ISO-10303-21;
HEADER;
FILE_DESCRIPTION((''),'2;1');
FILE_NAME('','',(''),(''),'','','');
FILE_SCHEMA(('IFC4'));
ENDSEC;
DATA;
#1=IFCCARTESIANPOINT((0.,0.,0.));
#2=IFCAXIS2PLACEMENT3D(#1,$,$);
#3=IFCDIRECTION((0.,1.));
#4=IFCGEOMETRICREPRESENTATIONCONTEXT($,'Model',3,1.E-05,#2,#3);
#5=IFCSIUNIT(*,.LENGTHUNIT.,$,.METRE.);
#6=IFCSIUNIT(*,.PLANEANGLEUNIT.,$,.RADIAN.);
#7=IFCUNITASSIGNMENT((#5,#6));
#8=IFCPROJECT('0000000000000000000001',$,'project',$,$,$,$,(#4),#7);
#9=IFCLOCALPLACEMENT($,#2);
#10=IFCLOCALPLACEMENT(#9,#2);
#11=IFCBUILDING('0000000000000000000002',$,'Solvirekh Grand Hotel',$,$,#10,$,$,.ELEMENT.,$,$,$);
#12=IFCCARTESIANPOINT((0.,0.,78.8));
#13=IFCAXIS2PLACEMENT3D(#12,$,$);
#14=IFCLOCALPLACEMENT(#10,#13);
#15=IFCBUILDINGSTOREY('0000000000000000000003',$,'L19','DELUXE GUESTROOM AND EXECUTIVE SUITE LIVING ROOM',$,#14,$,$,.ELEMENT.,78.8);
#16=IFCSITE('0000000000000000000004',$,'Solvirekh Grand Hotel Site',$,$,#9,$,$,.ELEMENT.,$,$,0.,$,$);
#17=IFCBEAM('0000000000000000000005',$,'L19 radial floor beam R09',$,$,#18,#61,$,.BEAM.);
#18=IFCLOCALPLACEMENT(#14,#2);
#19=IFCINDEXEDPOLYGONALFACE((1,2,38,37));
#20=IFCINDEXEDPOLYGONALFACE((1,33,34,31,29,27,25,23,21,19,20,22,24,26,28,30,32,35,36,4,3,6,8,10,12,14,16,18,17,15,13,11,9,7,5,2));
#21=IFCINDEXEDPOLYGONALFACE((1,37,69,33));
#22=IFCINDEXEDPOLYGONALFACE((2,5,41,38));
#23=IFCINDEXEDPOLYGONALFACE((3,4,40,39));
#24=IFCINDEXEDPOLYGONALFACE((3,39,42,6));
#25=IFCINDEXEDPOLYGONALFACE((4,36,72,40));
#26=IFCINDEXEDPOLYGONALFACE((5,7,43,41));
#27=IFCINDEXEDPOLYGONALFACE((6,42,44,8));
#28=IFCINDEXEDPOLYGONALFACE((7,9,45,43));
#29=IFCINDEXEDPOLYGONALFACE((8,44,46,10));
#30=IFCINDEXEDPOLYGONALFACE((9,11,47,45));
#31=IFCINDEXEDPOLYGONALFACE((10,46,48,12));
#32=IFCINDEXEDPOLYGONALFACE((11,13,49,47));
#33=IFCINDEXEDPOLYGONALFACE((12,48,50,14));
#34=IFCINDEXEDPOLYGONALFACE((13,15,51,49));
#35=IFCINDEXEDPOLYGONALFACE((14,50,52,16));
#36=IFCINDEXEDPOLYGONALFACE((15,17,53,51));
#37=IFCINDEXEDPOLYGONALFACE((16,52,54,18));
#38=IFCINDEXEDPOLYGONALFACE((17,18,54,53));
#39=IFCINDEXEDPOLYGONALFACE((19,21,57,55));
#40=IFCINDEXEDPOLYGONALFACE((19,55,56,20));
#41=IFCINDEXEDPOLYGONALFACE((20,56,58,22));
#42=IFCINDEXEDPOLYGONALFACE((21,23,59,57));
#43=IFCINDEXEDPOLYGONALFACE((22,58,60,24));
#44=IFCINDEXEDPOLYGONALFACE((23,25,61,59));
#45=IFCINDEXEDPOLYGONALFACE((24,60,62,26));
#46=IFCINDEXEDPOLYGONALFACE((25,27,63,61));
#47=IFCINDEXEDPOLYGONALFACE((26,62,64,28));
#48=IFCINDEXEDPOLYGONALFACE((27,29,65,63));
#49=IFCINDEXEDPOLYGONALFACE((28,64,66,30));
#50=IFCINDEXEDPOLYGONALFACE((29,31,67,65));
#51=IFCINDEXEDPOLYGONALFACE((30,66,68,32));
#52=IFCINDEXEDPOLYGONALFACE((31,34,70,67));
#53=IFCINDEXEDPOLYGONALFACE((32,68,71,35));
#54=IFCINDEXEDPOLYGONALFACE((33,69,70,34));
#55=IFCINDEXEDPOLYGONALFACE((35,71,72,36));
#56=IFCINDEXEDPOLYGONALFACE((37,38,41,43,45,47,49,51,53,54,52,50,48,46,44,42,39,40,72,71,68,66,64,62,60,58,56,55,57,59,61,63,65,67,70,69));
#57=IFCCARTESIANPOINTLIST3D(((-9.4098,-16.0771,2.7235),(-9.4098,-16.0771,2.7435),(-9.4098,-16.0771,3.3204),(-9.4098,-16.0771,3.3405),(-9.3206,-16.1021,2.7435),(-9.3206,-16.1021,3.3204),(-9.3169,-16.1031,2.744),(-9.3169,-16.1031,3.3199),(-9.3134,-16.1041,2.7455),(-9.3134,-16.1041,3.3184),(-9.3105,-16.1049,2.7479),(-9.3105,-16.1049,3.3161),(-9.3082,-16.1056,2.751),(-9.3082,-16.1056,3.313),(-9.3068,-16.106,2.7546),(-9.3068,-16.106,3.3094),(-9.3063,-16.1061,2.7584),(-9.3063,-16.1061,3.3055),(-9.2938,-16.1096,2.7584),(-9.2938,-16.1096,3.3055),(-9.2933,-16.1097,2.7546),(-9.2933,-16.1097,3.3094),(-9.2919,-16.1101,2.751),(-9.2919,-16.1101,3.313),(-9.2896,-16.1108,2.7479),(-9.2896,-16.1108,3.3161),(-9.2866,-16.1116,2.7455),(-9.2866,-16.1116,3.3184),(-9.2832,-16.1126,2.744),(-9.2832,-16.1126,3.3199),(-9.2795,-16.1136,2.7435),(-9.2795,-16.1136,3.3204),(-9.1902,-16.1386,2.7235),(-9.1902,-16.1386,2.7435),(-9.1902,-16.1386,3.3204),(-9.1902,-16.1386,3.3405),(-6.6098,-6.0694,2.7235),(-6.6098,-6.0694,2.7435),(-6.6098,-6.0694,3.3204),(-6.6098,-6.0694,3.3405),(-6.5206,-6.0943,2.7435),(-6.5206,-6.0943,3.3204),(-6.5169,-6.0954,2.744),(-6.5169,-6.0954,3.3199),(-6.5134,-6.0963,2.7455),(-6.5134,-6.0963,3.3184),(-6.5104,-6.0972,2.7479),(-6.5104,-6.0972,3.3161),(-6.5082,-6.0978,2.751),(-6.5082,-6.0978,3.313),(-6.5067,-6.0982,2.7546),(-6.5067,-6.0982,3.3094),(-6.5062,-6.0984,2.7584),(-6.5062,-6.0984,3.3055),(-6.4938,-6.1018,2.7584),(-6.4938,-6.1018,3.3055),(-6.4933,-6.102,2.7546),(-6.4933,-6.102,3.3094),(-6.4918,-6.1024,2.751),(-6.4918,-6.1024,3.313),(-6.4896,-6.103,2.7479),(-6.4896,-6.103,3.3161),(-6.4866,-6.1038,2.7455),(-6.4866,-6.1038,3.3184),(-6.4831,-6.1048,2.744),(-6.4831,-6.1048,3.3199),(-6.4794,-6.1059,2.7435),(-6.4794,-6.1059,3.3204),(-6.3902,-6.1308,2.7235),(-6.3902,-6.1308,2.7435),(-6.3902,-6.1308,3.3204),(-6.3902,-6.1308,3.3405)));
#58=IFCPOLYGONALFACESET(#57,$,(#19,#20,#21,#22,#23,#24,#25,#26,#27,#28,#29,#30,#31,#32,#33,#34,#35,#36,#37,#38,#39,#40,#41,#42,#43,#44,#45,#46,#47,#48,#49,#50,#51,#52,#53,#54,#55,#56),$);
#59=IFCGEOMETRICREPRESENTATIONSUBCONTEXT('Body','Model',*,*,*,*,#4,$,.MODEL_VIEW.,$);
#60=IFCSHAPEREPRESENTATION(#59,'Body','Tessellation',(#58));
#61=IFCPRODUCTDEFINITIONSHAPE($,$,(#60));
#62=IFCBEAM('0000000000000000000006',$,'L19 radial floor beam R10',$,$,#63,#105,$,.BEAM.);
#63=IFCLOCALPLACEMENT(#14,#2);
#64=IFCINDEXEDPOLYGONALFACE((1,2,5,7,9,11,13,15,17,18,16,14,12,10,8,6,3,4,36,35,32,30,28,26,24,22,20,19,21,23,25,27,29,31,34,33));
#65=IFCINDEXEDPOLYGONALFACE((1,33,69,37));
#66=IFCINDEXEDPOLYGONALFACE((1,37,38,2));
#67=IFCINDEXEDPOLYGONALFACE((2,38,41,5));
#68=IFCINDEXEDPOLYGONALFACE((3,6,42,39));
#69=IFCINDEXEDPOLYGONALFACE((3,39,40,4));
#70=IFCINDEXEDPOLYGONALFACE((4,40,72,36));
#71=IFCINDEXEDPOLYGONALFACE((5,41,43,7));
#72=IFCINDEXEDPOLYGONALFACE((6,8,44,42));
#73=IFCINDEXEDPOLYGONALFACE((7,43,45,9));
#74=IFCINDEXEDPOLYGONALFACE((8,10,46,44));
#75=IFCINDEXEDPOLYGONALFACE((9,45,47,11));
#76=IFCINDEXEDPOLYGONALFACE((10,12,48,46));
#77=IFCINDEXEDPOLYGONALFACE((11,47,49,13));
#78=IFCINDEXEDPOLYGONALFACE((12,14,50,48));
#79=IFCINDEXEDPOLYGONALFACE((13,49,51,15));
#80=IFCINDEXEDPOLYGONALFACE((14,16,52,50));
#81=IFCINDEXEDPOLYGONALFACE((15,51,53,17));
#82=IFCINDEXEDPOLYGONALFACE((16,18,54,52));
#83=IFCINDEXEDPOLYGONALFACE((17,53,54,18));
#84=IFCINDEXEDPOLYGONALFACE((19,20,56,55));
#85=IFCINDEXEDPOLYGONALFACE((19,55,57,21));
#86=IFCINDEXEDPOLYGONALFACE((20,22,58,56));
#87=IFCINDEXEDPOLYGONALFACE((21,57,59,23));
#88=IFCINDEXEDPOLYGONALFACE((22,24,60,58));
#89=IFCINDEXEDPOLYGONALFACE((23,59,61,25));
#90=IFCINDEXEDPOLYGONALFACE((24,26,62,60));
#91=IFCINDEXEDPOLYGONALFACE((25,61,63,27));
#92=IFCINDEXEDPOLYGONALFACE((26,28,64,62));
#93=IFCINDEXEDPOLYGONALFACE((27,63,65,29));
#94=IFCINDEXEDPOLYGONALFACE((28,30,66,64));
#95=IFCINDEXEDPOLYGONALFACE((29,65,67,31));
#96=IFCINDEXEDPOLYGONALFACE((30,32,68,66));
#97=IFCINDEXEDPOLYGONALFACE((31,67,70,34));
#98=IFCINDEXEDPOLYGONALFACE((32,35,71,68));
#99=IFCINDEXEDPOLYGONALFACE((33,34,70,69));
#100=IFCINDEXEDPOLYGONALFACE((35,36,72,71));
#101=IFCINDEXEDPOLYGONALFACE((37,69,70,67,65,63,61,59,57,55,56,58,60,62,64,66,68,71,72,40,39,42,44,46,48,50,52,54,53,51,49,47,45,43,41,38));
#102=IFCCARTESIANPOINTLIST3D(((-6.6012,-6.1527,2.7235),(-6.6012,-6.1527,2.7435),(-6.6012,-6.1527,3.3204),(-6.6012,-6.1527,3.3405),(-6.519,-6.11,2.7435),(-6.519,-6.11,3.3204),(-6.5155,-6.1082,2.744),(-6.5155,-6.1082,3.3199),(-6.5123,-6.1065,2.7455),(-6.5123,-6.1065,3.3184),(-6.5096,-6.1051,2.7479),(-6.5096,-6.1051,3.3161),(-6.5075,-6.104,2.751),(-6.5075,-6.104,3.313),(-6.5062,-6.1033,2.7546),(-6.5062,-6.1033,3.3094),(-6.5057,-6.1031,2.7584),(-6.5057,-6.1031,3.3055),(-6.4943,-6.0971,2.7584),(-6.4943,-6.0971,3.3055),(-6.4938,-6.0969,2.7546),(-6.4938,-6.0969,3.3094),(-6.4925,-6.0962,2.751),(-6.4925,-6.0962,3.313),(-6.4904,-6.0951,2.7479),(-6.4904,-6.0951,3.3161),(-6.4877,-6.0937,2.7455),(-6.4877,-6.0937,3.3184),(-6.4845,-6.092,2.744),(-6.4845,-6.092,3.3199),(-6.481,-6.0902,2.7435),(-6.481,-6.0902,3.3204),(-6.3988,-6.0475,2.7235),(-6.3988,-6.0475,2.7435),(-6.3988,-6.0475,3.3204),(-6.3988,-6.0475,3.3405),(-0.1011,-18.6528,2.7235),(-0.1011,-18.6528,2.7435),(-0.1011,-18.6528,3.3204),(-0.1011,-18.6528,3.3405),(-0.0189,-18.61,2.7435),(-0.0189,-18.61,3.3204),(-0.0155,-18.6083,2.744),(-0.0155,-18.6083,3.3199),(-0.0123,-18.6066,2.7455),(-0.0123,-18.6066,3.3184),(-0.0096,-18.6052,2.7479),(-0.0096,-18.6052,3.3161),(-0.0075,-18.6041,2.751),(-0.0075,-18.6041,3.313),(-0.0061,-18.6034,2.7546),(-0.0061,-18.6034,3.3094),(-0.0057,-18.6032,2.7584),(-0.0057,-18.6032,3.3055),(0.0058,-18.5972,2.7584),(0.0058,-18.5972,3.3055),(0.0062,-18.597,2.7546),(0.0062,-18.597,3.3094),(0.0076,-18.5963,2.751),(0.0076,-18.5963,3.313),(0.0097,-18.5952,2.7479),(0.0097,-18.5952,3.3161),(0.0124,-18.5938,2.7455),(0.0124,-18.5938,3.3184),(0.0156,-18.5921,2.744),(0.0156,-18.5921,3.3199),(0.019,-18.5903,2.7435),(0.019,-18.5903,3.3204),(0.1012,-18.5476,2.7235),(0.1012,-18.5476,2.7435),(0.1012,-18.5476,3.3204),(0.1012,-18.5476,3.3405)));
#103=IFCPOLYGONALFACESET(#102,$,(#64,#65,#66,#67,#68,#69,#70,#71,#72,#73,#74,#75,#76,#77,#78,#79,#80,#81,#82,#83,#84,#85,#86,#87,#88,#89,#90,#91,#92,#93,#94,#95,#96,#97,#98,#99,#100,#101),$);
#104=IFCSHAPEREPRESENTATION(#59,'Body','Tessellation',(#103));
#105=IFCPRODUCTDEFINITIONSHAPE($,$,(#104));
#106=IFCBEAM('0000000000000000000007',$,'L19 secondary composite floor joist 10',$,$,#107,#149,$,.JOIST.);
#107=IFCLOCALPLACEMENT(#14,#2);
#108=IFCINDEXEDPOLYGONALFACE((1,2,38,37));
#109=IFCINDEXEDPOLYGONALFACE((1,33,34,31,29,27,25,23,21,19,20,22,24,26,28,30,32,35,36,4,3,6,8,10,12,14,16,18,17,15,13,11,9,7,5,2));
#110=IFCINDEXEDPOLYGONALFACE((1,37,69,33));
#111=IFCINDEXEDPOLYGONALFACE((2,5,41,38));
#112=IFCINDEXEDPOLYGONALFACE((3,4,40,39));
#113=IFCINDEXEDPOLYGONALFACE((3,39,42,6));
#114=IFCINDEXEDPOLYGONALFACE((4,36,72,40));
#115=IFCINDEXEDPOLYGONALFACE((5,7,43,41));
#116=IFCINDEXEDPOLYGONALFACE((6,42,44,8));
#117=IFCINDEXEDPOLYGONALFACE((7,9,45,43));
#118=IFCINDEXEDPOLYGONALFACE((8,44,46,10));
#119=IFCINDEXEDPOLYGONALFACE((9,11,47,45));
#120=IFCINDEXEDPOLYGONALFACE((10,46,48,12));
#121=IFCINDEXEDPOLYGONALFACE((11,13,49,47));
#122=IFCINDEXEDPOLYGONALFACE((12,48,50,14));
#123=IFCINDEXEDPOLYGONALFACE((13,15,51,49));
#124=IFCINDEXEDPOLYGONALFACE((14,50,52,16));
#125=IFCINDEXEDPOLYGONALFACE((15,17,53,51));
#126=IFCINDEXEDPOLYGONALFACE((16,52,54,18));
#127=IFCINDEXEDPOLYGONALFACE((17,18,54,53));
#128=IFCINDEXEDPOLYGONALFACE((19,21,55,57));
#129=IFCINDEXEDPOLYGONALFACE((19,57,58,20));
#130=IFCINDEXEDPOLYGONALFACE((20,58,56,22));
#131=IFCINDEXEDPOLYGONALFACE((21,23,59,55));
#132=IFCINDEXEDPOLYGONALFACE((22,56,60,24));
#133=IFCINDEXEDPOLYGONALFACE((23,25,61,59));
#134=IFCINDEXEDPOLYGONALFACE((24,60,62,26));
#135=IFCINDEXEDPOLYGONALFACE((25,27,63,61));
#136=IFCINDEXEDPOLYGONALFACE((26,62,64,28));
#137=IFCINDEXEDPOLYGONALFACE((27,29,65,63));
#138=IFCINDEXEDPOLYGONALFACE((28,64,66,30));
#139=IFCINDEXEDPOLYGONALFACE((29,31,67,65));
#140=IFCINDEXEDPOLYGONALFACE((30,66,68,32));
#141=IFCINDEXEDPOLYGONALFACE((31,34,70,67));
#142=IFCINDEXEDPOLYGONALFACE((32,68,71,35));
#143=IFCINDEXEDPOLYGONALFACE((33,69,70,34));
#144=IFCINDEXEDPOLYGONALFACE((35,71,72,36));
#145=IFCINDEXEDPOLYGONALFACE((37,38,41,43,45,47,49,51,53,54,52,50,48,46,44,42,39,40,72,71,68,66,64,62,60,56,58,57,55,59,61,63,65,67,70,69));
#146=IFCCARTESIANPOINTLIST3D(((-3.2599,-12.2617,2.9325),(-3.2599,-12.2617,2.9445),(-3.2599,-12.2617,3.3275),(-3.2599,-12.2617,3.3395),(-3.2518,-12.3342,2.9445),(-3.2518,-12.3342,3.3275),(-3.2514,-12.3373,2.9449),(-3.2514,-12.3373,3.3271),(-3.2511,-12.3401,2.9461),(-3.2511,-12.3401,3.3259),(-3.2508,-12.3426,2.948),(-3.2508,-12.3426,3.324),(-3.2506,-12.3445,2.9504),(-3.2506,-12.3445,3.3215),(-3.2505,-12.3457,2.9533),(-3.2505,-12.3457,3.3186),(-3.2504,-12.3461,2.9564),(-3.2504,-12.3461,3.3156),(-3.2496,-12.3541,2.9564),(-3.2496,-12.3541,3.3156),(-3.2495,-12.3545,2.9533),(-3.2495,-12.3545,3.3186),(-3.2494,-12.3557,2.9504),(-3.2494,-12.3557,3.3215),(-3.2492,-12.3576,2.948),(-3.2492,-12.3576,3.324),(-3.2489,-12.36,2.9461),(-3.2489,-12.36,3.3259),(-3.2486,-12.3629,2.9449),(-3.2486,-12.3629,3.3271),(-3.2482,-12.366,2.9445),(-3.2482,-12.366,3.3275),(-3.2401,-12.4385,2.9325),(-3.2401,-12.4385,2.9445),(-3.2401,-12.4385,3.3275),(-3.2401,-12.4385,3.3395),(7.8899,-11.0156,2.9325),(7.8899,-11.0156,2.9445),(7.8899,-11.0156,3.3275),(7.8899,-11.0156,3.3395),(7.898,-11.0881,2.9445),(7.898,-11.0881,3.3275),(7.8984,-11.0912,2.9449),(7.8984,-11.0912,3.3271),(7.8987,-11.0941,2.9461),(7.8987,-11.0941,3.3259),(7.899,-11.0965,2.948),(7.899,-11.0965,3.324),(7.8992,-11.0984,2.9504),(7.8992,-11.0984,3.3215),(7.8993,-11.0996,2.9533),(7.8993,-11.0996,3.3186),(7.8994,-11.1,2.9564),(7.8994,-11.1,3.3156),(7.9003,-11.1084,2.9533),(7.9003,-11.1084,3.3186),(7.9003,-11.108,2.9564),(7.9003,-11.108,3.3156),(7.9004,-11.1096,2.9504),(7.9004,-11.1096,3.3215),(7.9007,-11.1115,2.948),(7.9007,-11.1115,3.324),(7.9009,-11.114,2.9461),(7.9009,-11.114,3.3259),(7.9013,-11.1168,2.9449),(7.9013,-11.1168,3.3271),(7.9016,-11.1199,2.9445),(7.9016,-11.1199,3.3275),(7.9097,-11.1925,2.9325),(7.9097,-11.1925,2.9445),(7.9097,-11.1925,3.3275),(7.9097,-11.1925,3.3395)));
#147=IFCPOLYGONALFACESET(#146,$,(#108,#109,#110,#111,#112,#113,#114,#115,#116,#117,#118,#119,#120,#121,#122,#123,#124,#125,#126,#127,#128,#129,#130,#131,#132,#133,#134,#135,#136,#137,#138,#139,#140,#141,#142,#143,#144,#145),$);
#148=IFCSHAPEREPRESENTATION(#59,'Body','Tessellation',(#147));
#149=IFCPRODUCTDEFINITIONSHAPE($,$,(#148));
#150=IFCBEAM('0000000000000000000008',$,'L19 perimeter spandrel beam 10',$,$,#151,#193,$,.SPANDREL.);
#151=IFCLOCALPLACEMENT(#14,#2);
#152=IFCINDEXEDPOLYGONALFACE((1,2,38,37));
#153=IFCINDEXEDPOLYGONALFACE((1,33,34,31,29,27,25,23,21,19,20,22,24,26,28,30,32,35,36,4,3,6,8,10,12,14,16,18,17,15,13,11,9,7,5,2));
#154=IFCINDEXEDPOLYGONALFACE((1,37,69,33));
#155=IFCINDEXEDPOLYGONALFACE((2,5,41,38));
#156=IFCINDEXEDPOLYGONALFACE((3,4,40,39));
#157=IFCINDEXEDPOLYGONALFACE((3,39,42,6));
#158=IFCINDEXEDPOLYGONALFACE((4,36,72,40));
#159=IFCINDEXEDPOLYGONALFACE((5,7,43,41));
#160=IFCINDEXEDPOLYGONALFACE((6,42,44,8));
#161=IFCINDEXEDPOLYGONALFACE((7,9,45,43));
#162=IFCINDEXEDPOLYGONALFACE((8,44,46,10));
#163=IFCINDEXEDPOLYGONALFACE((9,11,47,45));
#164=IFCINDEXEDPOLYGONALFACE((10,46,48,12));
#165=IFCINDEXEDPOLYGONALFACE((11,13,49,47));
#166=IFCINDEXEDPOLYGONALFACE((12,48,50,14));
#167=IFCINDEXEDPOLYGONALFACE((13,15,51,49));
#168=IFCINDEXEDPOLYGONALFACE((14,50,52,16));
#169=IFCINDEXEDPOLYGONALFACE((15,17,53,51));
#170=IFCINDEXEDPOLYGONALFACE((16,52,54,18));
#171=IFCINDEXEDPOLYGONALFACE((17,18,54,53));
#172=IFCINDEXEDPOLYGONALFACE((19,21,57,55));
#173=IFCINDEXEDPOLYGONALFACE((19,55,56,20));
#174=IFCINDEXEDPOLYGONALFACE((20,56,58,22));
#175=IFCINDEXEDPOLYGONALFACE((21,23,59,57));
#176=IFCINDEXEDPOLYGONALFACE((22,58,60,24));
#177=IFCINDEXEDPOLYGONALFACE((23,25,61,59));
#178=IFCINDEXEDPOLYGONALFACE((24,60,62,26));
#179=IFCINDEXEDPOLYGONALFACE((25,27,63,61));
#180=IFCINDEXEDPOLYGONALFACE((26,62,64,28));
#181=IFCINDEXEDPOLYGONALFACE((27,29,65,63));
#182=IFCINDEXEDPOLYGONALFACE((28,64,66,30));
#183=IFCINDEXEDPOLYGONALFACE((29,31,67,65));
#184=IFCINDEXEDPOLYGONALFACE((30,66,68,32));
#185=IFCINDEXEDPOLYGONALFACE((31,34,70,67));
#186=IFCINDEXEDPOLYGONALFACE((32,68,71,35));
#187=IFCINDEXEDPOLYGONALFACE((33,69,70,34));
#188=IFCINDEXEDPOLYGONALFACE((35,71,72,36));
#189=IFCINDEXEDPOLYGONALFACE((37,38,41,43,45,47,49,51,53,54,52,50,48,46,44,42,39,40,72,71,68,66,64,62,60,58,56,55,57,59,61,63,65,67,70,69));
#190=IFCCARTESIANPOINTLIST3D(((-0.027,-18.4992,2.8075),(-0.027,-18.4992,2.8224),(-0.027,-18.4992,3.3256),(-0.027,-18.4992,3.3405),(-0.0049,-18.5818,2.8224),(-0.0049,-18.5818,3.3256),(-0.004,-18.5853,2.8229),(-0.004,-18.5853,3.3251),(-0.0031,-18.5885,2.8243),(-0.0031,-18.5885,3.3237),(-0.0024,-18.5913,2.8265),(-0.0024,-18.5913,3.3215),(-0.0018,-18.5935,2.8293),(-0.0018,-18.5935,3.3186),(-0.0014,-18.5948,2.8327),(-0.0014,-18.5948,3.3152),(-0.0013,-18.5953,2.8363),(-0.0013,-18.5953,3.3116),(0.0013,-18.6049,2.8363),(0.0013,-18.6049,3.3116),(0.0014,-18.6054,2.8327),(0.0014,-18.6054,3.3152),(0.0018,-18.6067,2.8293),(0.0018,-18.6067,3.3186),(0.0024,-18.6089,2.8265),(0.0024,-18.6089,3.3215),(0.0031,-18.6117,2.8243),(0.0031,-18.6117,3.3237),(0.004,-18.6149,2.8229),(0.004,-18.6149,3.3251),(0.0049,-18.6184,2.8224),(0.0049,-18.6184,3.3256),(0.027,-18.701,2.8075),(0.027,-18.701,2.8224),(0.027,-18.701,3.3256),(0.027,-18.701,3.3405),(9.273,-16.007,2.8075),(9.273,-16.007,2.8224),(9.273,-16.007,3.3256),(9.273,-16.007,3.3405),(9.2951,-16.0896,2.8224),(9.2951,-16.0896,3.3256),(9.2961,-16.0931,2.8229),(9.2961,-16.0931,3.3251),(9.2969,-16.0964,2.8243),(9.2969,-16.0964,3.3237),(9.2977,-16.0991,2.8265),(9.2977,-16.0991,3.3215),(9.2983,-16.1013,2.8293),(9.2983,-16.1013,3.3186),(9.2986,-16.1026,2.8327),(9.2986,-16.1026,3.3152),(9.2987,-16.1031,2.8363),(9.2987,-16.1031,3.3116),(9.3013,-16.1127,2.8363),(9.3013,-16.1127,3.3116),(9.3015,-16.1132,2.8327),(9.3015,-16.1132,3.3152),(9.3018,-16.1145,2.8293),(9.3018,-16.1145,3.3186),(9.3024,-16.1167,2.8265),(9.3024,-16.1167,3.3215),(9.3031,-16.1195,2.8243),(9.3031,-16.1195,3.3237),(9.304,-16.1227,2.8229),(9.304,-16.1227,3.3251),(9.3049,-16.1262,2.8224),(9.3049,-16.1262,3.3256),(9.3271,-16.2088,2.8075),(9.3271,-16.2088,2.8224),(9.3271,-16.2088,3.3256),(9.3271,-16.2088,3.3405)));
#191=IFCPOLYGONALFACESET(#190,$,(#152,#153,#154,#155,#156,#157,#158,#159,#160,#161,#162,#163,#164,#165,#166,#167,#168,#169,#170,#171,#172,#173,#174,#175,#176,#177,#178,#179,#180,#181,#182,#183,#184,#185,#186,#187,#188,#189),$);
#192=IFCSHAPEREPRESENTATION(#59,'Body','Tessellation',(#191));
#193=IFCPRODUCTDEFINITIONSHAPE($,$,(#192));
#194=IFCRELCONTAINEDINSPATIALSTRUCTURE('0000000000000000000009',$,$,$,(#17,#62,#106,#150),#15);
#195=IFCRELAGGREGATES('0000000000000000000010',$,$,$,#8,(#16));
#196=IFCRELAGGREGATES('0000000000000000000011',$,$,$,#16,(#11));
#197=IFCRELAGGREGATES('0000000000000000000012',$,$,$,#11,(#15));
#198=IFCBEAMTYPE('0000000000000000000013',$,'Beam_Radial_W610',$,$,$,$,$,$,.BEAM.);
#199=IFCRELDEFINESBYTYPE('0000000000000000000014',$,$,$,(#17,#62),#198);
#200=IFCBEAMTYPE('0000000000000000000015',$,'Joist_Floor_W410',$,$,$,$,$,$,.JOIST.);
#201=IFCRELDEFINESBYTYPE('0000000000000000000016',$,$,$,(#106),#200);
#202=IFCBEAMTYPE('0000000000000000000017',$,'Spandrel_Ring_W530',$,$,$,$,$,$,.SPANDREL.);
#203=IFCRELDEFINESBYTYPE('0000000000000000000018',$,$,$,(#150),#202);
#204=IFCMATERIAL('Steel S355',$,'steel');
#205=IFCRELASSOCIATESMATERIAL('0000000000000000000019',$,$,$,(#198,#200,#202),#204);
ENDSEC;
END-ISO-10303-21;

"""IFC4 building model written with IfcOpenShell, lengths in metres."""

from ifc_helpers import new_model, si_unit, direction, frame, origin, origin_2d, place, context, subcontext, project, spatial, i_section, extrude, material, material_profile, profile_set, type_object, element, save


model = new_model("IFC4")

# Units and contexts
model_context = context("Model", 3, precision=1e-05, world=origin(), true_north=direction((0.0, 1.0)))
body_context = subcontext(model_context, "Body", "Model", "MODEL_VIEW")
ifc_project = project(units=[si_unit("LENGTHUNIT", "METRE"), si_unit("PLANEANGLEUNIT", "RADIAN")], contexts=[model_context])

# Site, building, storey
site_placement = place(None, origin())
site = spatial("IfcSite", under=ifc_project, at=site_placement, Name="Solvirekh Grand Hotel Site", CompositionType="ELEMENT", RefElevation=0.0)
building_placement = place(site_placement, origin())
building = spatial("IfcBuilding", under=site, at=building_placement, Name="Solvirekh Grand Hotel", CompositionType="ELEMENT")
storey_placement = place(building_placement, frame((0.0, 0.0, 78.8)))
storey = spatial("IfcBuildingStorey", under=building, at=storey_placement, Name="L19", Description="DELUXE GUESTROOM AND EXECUTIVE SUITE LIVING ROOM", CompositionType="ELEMENT", Elevation=78.8)

# Beams
ifc_material_1 = material(Name="Steel S355", Category="steel")
ifc_material_profile_1 = material_profile(ifc_material_1, i_section(OverallWidth=0.228, OverallDepth=0.6169, WebThickness=0.0129, FlangeThickness=0.02, FilletRadius=0.0149, at=origin_2d()), Name="W610X140")
ifc_profile_set_1 = profile_set([ifc_material_profile_1], Name="Steel S355")
beam_type_1 = type_object("IfcBeamType", Name="Beam_Radial_W610", PredefinedType="BEAM", material=ifc_profile_set_1)
beam_1_placement = place(storey_placement, frame((-6.5, -6.1001, 3.032), z_axis=(-0.269439, -0.963017, 0.0), x_axis=(0.963017, -0.269439, 0.0)))
element("IfcBeam", 1, at=beam_1_placement, inside=storey, type_object=beam_type_1, Name="L19 radial floor beam R09", PredefinedType="BEAM", context=body_context, shape_type="SweptSolid", body=[
    extrude(i_section(OverallWidth=0.228, OverallDepth=0.6169, WebThickness=0.0129, FlangeThickness=0.02, FilletRadius=0.0149, at=origin_2d()), origin(), (0.0, 0.0, 1.0), 10.3921),
])
beam_2_placement = place(storey_placement, frame((-6.5, -6.1001, 3.032), z_axis=(0.461353, -0.887217, 0.0), x_axis=(0.887217, 0.461353, 0.0)))
element("IfcBeam", 2, at=beam_2_placement, inside=storey, type_object=beam_type_1, Name="L19 radial floor beam R10", PredefinedType="BEAM", context=body_context, shape_type="SweptSolid", body=[
    extrude(i_section(OverallWidth=0.228, OverallDepth=0.6169, WebThickness=0.0129, FlangeThickness=0.02, FilletRadius=0.0149, at=origin_2d()), origin(), (0.0, 0.0, 1.0), 14.0891),
])
ifc_material_profile_2 = material_profile(ifc_material_1, i_section(OverallWidth=0.178, OverallDepth=0.407, WebThickness=0.0081, FlangeThickness=0.012, FilletRadius=0.012, at=origin_2d()), Name="W410X60")
ifc_profile_set_2 = profile_set([ifc_material_profile_2], Name="Steel S355")
beam_type_2 = type_object("IfcBeamType", Name="Joist_Floor_W410", PredefinedType="JOIST", material=ifc_profile_set_2)
beam_3_placement = place(storey_placement, frame((-3.25, -12.3501, 3.136), z_axis=(0.993813, 0.111067, 0.0), x_axis=(-0.111067, 0.993813, 0.0)))
element("IfcBeam", 3, at=beam_3_placement, inside=storey, type_object=beam_type_2, Name="L19 secondary composite floor joist 10", PredefinedType="JOIST", context=body_context, shape_type="SweptSolid", body=[
    extrude(i_section(OverallWidth=0.178, OverallDepth=0.407, WebThickness=0.0081, FlangeThickness=0.012, FilletRadius=0.012, at=origin_2d()), origin(), (0.0, 0.0, 1.0), 11.2192),
])
ifc_material_profile_3 = material_profile(ifc_material_1, i_section(OverallWidth=0.209, OverallDepth=0.533, WebThickness=0.01, FlangeThickness=0.0149, FilletRadius=0.0139, at=origin_2d()), Name="W530X92")
ifc_profile_set_3 = profile_set([ifc_material_profile_3], Name="Steel S355")
beam_type_3 = type_object("IfcBeamType", Name="Spandrel_Ring_W530", PredefinedType="SPANDREL", material=ifc_profile_set_3)
beam_4_placement = place(storey_placement, frame((0.0, -18.6001, 3.074), z_axis=(0.965919, 0.258843, 0.0), x_axis=(-0.258843, 0.965919, 0.0)))
element("IfcBeam", 4, at=beam_4_placement, inside=storey, type_object=beam_type_3, Name="L19 perimeter spandrel beam 10", PredefinedType="SPANDREL", context=body_context, shape_type="SweptSolid", body=[
    extrude(i_section(OverallWidth=0.209, OverallDepth=0.533, WebThickness=0.01, FlangeThickness=0.0149, FilletRadius=0.0139, at=origin_2d()), origin(), (0.0, 0.0, 1.0), 9.6282),
])

save(model, "model.ifc")
